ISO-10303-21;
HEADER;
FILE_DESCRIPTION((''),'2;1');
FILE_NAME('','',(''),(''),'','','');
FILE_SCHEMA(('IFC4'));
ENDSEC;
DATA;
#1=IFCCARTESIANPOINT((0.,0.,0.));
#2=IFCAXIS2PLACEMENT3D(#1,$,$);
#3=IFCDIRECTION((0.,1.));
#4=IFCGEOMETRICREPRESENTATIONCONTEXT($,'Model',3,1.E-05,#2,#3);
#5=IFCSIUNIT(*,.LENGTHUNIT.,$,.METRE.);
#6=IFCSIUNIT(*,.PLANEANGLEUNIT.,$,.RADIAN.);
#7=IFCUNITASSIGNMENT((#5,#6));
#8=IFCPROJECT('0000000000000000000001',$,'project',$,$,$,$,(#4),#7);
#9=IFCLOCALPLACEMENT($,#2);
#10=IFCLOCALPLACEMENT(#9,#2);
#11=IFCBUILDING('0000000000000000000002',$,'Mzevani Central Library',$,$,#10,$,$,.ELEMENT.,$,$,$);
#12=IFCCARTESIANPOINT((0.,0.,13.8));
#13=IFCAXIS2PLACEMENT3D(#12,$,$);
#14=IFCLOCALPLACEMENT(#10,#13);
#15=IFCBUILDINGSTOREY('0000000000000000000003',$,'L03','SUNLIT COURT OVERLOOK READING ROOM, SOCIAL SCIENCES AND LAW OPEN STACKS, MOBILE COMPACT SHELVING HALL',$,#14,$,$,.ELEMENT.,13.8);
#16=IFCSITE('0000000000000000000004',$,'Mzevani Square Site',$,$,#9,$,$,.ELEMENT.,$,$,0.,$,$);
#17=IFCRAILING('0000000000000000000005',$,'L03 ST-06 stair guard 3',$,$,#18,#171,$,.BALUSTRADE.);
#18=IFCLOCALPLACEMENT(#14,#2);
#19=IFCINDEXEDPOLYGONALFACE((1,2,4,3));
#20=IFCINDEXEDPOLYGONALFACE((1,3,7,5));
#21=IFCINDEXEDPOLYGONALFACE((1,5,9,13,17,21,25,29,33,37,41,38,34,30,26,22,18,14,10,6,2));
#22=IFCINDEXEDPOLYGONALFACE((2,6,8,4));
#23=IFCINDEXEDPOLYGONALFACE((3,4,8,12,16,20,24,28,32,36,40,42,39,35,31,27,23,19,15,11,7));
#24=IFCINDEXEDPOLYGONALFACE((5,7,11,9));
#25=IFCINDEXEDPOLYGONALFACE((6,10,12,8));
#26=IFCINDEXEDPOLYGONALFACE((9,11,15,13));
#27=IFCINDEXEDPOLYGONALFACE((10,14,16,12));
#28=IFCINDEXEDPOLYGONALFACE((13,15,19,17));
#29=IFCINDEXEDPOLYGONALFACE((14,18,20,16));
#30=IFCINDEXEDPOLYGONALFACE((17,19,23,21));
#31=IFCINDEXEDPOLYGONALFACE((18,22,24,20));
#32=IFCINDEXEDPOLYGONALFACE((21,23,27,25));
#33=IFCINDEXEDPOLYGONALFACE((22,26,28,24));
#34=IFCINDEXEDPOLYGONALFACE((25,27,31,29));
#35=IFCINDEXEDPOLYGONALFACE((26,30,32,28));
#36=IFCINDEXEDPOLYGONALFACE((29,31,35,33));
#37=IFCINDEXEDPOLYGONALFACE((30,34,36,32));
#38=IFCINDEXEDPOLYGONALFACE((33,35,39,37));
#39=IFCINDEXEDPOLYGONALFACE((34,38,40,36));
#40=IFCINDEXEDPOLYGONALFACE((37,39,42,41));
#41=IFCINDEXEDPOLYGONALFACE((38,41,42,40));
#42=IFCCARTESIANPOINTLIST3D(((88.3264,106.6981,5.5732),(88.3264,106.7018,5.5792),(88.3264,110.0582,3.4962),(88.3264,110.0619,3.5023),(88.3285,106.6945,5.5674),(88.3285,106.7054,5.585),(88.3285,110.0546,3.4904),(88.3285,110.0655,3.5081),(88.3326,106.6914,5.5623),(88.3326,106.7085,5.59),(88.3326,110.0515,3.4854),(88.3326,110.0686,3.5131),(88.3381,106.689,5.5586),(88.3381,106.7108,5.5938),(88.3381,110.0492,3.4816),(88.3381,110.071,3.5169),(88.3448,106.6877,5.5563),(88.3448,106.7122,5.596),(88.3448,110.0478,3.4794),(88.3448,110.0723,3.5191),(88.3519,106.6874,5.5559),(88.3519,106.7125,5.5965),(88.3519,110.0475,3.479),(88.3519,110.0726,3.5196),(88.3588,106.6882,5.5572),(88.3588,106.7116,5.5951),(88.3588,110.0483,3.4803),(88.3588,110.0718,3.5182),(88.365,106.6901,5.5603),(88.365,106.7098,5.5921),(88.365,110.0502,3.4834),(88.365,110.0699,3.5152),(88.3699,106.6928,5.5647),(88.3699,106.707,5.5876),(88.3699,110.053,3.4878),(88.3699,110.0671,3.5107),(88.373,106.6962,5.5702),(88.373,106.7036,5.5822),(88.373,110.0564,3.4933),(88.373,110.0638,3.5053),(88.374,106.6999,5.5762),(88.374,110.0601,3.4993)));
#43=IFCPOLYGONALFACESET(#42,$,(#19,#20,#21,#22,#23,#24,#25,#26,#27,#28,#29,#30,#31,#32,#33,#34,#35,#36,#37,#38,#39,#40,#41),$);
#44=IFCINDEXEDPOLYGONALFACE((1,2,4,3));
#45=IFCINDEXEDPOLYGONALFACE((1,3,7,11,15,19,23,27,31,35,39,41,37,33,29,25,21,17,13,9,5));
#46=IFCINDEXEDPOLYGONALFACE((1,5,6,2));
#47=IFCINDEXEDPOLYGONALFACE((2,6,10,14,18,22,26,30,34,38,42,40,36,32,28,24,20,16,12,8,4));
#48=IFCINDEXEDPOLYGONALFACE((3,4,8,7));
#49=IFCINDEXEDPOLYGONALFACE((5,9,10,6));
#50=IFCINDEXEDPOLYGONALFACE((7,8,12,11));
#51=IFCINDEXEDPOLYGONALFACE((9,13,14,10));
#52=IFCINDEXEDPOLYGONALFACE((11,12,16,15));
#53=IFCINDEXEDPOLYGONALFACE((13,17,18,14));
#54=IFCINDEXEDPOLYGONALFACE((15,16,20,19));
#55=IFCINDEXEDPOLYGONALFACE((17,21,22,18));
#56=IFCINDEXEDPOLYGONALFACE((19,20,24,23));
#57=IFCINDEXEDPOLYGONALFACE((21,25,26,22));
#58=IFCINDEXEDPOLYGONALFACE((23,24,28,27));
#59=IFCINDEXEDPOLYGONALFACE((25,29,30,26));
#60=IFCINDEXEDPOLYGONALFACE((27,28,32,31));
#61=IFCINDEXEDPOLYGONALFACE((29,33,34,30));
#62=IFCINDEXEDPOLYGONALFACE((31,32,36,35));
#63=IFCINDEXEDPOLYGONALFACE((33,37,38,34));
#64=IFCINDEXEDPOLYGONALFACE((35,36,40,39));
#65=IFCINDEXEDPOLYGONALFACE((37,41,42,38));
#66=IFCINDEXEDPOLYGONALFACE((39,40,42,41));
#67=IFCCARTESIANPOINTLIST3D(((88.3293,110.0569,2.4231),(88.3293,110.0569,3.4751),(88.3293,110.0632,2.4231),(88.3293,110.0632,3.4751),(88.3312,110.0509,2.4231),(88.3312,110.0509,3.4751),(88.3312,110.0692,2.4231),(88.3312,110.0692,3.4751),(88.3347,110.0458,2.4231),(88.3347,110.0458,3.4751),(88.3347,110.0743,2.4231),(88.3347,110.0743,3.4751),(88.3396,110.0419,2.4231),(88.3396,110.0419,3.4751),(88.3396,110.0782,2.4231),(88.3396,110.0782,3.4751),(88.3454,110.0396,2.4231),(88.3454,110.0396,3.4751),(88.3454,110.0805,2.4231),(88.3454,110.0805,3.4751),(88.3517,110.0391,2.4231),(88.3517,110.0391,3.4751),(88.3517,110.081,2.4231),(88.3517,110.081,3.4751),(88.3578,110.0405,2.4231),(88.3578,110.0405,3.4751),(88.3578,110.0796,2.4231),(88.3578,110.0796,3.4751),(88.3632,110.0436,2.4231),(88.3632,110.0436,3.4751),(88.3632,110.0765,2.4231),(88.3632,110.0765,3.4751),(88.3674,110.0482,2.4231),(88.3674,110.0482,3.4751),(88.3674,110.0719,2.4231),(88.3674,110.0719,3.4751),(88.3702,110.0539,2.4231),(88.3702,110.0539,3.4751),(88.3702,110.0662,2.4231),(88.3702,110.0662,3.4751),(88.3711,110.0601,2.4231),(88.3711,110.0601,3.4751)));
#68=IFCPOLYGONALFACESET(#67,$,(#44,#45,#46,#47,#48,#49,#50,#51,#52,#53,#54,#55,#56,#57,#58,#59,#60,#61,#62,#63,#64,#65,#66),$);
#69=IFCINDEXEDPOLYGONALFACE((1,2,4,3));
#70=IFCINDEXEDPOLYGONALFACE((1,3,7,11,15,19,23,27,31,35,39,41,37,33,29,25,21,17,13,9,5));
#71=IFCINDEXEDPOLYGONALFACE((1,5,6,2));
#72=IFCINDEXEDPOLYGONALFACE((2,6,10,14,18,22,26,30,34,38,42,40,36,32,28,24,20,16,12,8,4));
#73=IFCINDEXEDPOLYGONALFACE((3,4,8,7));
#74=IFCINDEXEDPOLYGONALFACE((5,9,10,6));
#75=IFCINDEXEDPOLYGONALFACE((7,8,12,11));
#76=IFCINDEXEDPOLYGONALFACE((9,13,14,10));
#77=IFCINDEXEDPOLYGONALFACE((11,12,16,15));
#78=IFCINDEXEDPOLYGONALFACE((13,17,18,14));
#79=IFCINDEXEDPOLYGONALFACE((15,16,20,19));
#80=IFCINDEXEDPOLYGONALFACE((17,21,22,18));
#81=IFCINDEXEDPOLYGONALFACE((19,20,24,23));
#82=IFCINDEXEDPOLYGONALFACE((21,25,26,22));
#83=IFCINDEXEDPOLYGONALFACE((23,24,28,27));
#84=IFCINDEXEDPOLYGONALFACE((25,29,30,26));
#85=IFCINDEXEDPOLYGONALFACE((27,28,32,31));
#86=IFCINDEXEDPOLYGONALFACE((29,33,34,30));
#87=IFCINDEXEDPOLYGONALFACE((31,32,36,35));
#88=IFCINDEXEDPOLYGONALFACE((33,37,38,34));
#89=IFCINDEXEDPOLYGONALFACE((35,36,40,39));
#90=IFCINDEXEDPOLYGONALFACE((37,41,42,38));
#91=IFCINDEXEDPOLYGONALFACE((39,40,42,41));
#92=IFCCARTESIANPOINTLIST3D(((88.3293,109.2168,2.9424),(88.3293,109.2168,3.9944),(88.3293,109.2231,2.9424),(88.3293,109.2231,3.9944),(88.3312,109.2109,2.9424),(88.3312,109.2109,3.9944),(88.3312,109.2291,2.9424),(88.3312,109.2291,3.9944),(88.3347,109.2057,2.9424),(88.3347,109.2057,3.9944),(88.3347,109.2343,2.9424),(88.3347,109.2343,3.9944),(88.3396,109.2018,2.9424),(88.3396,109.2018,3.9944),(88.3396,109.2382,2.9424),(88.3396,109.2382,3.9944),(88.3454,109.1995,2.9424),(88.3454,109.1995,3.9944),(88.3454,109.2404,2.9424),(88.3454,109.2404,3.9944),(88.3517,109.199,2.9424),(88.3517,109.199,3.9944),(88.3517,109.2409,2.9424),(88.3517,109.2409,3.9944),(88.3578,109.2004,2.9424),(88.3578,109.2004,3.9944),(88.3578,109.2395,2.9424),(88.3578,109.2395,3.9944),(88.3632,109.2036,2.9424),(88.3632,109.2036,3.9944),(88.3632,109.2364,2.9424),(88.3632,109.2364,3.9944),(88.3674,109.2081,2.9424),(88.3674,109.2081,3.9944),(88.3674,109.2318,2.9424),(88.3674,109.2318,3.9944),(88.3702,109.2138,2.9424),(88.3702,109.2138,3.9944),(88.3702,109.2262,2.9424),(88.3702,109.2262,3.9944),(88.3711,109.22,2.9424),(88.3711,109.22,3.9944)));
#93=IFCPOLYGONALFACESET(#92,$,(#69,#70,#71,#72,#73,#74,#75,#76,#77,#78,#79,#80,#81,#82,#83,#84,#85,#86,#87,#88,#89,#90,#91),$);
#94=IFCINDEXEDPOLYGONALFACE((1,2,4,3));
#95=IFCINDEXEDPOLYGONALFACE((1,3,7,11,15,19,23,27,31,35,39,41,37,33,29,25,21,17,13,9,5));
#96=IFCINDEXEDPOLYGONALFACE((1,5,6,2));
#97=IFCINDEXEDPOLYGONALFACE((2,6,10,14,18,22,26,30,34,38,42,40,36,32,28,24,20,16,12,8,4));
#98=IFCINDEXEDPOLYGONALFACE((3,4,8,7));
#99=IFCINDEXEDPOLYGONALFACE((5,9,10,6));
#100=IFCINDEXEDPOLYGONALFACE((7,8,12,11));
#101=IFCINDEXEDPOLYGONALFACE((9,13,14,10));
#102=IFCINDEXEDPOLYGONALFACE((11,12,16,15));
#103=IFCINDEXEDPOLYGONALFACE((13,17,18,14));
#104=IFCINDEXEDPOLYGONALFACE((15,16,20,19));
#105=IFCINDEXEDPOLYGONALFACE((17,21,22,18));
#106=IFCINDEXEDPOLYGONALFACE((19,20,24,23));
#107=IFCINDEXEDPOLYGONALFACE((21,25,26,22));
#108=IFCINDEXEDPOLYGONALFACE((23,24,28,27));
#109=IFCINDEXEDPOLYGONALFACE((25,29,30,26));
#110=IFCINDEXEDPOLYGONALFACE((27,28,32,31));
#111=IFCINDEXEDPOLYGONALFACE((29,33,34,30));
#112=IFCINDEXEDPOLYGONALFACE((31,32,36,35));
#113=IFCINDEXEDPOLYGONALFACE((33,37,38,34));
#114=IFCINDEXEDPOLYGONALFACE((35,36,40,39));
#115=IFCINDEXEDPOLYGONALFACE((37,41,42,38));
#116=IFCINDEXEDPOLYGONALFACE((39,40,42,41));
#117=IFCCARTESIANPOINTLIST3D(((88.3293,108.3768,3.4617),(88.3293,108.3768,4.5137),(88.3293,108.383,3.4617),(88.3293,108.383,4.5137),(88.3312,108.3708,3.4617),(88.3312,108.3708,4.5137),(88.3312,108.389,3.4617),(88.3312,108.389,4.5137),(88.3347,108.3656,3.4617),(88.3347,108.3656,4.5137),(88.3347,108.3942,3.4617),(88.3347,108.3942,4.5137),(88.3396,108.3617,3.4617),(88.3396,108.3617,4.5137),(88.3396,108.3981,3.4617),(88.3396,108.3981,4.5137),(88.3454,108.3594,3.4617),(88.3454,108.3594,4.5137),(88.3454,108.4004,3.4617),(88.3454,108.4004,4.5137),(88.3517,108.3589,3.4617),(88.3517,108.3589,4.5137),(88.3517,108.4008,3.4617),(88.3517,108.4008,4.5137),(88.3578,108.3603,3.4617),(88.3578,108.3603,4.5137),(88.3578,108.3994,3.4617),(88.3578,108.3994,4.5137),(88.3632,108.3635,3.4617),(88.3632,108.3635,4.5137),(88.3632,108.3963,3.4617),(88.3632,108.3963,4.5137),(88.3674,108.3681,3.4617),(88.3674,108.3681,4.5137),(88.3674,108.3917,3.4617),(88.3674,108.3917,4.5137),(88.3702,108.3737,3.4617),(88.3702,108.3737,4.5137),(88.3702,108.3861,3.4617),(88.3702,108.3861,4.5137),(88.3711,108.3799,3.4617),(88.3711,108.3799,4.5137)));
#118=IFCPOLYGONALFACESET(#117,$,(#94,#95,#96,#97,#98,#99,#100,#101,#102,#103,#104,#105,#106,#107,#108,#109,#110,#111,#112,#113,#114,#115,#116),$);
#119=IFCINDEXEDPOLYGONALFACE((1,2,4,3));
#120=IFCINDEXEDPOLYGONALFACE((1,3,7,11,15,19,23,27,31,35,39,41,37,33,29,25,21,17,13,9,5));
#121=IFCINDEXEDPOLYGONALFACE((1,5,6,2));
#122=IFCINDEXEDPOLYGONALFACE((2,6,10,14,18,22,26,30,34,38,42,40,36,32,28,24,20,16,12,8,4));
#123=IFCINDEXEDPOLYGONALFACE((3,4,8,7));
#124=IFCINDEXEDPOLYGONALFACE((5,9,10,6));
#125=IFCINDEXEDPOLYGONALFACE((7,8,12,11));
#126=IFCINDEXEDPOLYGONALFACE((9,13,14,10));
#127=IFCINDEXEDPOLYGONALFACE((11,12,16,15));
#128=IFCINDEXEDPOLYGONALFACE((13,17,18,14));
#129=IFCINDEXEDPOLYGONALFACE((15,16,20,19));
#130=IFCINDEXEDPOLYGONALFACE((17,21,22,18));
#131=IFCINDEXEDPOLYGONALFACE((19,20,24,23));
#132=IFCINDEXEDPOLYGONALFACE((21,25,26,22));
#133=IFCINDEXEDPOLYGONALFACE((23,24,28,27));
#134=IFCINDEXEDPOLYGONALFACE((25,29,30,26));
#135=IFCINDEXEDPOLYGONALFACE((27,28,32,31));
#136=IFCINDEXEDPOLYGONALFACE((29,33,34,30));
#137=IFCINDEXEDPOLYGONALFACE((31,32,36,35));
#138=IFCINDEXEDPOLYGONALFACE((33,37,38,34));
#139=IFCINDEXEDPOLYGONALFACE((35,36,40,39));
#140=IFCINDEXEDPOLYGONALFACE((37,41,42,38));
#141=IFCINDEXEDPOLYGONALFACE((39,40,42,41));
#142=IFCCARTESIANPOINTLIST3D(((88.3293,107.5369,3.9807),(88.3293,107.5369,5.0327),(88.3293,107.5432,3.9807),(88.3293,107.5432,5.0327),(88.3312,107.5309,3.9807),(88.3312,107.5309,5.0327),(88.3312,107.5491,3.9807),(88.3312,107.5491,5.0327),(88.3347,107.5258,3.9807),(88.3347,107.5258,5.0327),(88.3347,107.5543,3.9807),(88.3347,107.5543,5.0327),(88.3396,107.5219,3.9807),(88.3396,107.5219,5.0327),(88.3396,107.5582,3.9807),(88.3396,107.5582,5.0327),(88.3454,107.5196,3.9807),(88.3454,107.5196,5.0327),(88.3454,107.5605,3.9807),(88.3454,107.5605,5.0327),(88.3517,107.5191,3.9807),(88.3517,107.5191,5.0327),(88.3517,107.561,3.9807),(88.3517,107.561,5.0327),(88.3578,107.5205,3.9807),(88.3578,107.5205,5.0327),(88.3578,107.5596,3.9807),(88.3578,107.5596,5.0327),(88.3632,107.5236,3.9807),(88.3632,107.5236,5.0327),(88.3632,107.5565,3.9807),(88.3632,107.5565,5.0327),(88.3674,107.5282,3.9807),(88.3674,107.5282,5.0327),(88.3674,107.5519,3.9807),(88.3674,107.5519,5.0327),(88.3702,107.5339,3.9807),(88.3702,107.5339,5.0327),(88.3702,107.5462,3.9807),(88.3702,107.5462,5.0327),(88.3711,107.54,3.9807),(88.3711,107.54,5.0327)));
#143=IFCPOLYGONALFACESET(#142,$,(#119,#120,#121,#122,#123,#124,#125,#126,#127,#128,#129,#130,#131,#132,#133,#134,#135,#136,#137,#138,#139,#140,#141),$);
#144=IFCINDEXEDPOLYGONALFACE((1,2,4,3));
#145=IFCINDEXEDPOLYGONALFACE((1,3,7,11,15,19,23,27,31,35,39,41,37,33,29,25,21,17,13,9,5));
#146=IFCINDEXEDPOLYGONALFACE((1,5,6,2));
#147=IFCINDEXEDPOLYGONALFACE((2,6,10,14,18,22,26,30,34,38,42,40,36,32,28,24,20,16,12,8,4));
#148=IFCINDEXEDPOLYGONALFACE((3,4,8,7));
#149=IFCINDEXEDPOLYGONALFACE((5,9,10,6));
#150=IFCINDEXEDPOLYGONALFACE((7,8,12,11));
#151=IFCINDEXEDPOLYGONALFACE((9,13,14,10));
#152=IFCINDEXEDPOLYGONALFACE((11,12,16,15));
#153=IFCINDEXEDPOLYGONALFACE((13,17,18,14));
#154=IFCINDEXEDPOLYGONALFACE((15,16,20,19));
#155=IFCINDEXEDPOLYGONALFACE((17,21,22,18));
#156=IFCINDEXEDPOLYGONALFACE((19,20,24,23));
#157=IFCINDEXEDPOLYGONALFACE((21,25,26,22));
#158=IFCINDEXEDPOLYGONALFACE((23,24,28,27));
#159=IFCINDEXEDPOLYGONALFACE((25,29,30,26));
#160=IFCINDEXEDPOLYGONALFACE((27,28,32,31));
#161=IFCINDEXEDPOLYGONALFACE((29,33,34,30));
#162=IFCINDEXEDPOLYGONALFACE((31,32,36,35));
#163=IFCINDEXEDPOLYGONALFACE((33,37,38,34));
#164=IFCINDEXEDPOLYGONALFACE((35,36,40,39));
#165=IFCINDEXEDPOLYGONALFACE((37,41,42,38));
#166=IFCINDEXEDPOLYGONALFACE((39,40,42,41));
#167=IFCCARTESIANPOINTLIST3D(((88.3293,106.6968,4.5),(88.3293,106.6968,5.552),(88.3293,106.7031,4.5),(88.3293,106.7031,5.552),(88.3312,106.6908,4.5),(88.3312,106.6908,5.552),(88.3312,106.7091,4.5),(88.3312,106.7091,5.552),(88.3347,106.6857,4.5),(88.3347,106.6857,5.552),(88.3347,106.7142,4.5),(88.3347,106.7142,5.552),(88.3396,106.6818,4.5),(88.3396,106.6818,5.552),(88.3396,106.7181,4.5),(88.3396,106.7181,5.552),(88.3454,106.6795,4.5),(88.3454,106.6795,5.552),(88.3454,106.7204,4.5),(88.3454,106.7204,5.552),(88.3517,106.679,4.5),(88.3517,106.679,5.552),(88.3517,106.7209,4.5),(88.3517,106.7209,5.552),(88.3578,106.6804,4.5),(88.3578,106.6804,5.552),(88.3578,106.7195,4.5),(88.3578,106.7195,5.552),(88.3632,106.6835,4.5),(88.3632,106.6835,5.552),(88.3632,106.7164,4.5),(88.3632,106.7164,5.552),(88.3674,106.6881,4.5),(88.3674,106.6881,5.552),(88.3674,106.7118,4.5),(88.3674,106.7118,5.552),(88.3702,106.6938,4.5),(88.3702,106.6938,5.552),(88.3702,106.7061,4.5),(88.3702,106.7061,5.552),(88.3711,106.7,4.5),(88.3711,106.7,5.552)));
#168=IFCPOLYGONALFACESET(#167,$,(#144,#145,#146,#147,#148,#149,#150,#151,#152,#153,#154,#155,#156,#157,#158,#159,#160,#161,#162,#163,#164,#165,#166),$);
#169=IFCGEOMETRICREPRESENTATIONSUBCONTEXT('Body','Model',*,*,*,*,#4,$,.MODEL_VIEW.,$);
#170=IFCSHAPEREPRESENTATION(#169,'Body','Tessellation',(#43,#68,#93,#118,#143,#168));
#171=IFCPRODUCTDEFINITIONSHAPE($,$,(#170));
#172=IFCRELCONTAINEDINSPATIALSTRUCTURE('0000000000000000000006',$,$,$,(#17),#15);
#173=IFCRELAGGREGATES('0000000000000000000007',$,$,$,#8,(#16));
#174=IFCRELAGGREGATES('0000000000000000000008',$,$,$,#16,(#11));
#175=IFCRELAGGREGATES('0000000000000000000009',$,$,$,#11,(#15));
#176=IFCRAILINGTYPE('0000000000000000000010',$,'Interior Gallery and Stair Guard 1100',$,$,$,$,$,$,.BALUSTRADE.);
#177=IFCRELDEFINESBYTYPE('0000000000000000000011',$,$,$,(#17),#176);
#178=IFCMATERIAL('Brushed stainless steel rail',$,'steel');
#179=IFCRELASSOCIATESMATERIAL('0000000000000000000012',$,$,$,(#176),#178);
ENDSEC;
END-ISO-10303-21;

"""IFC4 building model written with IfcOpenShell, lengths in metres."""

from ifc_helpers import new_model, si_unit, direction, frame, origin, origin_2d, place, context, subcontext, project, spatial, circle, extrude, material, type_object, element, save


model = new_model("IFC4")

# Units and contexts
model_context = context("Model", 3, precision=1e-05, world=origin(), true_north=direction((0.0, 1.0)))
body_context = subcontext(model_context, "Body", "Model", "MODEL_VIEW")
ifc_project = project(units=[si_unit("LENGTHUNIT", "METRE"), si_unit("PLANEANGLEUNIT", "RADIAN")], contexts=[model_context])

# Site, building, storey
site_placement = place(None, origin())
site = spatial("IfcSite", under=ifc_project, at=site_placement, Name="Mzevani Square Site", CompositionType="ELEMENT", RefElevation=0.0)
building_placement = place(site_placement, origin())
building = spatial("IfcBuilding", under=site, at=building_placement, Name="Mzevani Central Library", CompositionType="ELEMENT")
storey_placement = place(building_placement, frame((0.0, 0.0, 13.8)))
storey = spatial("IfcBuildingStorey", under=building, at=storey_placement, Name="L03", Description="SUNLIT COURT OVERLOOK READING ROOM, SOCIAL SCIENCES AND LAW OPEN STACKS, MOBILE COMPACT SHELVING HALL", CompositionType="ELEMENT", Elevation=13.8)

# Railing
ifc_material_1 = material(Name="Brushed stainless steel rail", Category="steel")
railing_type_1 = type_object("IfcRailingType", Name="Interior Gallery and Stair Guard 1100", PredefinedType="BALUSTRADE", material=ifc_material_1)
railing_1_placement = place(storey_placement, frame((88.3501, 110.0601, 2.4231)))
element("IfcRailing", 1, at=railing_1_placement, inside=storey, type_object=railing_type_1, Name="L03 ST-06 stair guard 3", PredefinedType="BALUSTRADE", context=body_context, shape_type="SweptSolid", body=[
    extrude(circle(Radius=0.0239, at=origin_2d()), frame((0.0, 0.0, 1.0762), z_axis=(0.0, -0.850623, 0.525776), x_axis=(1.0, 0.0, 0.0)), (0.0, 0.0, 1.0), 3.9502),
    extrude(circle(Radius=0.021, at=origin_2d()), origin(), (0.0, 0.0, 1.0), 1.052),
    extrude(circle(Radius=0.021, at=origin_2d()), frame((0.0, -0.8401, 0.5193)), (0.0, 0.0, 1.0), 1.052),
    extrude(circle(Radius=0.021, at=origin_2d()), frame((0.0, -1.6802, 1.0386)), (0.0, 0.0, 1.0), 1.052),
    extrude(circle(Radius=0.021, at=origin_2d()), frame((0.0, -2.52, 1.5576)), (0.0, 0.0, 1.0), 1.052),
    extrude(circle(Radius=0.021, at=origin_2d()), frame((0.0, -3.3601, 2.0769)), (0.0, 0.0, 1.0), 1.052),
])

save(model, "model.ifc")
